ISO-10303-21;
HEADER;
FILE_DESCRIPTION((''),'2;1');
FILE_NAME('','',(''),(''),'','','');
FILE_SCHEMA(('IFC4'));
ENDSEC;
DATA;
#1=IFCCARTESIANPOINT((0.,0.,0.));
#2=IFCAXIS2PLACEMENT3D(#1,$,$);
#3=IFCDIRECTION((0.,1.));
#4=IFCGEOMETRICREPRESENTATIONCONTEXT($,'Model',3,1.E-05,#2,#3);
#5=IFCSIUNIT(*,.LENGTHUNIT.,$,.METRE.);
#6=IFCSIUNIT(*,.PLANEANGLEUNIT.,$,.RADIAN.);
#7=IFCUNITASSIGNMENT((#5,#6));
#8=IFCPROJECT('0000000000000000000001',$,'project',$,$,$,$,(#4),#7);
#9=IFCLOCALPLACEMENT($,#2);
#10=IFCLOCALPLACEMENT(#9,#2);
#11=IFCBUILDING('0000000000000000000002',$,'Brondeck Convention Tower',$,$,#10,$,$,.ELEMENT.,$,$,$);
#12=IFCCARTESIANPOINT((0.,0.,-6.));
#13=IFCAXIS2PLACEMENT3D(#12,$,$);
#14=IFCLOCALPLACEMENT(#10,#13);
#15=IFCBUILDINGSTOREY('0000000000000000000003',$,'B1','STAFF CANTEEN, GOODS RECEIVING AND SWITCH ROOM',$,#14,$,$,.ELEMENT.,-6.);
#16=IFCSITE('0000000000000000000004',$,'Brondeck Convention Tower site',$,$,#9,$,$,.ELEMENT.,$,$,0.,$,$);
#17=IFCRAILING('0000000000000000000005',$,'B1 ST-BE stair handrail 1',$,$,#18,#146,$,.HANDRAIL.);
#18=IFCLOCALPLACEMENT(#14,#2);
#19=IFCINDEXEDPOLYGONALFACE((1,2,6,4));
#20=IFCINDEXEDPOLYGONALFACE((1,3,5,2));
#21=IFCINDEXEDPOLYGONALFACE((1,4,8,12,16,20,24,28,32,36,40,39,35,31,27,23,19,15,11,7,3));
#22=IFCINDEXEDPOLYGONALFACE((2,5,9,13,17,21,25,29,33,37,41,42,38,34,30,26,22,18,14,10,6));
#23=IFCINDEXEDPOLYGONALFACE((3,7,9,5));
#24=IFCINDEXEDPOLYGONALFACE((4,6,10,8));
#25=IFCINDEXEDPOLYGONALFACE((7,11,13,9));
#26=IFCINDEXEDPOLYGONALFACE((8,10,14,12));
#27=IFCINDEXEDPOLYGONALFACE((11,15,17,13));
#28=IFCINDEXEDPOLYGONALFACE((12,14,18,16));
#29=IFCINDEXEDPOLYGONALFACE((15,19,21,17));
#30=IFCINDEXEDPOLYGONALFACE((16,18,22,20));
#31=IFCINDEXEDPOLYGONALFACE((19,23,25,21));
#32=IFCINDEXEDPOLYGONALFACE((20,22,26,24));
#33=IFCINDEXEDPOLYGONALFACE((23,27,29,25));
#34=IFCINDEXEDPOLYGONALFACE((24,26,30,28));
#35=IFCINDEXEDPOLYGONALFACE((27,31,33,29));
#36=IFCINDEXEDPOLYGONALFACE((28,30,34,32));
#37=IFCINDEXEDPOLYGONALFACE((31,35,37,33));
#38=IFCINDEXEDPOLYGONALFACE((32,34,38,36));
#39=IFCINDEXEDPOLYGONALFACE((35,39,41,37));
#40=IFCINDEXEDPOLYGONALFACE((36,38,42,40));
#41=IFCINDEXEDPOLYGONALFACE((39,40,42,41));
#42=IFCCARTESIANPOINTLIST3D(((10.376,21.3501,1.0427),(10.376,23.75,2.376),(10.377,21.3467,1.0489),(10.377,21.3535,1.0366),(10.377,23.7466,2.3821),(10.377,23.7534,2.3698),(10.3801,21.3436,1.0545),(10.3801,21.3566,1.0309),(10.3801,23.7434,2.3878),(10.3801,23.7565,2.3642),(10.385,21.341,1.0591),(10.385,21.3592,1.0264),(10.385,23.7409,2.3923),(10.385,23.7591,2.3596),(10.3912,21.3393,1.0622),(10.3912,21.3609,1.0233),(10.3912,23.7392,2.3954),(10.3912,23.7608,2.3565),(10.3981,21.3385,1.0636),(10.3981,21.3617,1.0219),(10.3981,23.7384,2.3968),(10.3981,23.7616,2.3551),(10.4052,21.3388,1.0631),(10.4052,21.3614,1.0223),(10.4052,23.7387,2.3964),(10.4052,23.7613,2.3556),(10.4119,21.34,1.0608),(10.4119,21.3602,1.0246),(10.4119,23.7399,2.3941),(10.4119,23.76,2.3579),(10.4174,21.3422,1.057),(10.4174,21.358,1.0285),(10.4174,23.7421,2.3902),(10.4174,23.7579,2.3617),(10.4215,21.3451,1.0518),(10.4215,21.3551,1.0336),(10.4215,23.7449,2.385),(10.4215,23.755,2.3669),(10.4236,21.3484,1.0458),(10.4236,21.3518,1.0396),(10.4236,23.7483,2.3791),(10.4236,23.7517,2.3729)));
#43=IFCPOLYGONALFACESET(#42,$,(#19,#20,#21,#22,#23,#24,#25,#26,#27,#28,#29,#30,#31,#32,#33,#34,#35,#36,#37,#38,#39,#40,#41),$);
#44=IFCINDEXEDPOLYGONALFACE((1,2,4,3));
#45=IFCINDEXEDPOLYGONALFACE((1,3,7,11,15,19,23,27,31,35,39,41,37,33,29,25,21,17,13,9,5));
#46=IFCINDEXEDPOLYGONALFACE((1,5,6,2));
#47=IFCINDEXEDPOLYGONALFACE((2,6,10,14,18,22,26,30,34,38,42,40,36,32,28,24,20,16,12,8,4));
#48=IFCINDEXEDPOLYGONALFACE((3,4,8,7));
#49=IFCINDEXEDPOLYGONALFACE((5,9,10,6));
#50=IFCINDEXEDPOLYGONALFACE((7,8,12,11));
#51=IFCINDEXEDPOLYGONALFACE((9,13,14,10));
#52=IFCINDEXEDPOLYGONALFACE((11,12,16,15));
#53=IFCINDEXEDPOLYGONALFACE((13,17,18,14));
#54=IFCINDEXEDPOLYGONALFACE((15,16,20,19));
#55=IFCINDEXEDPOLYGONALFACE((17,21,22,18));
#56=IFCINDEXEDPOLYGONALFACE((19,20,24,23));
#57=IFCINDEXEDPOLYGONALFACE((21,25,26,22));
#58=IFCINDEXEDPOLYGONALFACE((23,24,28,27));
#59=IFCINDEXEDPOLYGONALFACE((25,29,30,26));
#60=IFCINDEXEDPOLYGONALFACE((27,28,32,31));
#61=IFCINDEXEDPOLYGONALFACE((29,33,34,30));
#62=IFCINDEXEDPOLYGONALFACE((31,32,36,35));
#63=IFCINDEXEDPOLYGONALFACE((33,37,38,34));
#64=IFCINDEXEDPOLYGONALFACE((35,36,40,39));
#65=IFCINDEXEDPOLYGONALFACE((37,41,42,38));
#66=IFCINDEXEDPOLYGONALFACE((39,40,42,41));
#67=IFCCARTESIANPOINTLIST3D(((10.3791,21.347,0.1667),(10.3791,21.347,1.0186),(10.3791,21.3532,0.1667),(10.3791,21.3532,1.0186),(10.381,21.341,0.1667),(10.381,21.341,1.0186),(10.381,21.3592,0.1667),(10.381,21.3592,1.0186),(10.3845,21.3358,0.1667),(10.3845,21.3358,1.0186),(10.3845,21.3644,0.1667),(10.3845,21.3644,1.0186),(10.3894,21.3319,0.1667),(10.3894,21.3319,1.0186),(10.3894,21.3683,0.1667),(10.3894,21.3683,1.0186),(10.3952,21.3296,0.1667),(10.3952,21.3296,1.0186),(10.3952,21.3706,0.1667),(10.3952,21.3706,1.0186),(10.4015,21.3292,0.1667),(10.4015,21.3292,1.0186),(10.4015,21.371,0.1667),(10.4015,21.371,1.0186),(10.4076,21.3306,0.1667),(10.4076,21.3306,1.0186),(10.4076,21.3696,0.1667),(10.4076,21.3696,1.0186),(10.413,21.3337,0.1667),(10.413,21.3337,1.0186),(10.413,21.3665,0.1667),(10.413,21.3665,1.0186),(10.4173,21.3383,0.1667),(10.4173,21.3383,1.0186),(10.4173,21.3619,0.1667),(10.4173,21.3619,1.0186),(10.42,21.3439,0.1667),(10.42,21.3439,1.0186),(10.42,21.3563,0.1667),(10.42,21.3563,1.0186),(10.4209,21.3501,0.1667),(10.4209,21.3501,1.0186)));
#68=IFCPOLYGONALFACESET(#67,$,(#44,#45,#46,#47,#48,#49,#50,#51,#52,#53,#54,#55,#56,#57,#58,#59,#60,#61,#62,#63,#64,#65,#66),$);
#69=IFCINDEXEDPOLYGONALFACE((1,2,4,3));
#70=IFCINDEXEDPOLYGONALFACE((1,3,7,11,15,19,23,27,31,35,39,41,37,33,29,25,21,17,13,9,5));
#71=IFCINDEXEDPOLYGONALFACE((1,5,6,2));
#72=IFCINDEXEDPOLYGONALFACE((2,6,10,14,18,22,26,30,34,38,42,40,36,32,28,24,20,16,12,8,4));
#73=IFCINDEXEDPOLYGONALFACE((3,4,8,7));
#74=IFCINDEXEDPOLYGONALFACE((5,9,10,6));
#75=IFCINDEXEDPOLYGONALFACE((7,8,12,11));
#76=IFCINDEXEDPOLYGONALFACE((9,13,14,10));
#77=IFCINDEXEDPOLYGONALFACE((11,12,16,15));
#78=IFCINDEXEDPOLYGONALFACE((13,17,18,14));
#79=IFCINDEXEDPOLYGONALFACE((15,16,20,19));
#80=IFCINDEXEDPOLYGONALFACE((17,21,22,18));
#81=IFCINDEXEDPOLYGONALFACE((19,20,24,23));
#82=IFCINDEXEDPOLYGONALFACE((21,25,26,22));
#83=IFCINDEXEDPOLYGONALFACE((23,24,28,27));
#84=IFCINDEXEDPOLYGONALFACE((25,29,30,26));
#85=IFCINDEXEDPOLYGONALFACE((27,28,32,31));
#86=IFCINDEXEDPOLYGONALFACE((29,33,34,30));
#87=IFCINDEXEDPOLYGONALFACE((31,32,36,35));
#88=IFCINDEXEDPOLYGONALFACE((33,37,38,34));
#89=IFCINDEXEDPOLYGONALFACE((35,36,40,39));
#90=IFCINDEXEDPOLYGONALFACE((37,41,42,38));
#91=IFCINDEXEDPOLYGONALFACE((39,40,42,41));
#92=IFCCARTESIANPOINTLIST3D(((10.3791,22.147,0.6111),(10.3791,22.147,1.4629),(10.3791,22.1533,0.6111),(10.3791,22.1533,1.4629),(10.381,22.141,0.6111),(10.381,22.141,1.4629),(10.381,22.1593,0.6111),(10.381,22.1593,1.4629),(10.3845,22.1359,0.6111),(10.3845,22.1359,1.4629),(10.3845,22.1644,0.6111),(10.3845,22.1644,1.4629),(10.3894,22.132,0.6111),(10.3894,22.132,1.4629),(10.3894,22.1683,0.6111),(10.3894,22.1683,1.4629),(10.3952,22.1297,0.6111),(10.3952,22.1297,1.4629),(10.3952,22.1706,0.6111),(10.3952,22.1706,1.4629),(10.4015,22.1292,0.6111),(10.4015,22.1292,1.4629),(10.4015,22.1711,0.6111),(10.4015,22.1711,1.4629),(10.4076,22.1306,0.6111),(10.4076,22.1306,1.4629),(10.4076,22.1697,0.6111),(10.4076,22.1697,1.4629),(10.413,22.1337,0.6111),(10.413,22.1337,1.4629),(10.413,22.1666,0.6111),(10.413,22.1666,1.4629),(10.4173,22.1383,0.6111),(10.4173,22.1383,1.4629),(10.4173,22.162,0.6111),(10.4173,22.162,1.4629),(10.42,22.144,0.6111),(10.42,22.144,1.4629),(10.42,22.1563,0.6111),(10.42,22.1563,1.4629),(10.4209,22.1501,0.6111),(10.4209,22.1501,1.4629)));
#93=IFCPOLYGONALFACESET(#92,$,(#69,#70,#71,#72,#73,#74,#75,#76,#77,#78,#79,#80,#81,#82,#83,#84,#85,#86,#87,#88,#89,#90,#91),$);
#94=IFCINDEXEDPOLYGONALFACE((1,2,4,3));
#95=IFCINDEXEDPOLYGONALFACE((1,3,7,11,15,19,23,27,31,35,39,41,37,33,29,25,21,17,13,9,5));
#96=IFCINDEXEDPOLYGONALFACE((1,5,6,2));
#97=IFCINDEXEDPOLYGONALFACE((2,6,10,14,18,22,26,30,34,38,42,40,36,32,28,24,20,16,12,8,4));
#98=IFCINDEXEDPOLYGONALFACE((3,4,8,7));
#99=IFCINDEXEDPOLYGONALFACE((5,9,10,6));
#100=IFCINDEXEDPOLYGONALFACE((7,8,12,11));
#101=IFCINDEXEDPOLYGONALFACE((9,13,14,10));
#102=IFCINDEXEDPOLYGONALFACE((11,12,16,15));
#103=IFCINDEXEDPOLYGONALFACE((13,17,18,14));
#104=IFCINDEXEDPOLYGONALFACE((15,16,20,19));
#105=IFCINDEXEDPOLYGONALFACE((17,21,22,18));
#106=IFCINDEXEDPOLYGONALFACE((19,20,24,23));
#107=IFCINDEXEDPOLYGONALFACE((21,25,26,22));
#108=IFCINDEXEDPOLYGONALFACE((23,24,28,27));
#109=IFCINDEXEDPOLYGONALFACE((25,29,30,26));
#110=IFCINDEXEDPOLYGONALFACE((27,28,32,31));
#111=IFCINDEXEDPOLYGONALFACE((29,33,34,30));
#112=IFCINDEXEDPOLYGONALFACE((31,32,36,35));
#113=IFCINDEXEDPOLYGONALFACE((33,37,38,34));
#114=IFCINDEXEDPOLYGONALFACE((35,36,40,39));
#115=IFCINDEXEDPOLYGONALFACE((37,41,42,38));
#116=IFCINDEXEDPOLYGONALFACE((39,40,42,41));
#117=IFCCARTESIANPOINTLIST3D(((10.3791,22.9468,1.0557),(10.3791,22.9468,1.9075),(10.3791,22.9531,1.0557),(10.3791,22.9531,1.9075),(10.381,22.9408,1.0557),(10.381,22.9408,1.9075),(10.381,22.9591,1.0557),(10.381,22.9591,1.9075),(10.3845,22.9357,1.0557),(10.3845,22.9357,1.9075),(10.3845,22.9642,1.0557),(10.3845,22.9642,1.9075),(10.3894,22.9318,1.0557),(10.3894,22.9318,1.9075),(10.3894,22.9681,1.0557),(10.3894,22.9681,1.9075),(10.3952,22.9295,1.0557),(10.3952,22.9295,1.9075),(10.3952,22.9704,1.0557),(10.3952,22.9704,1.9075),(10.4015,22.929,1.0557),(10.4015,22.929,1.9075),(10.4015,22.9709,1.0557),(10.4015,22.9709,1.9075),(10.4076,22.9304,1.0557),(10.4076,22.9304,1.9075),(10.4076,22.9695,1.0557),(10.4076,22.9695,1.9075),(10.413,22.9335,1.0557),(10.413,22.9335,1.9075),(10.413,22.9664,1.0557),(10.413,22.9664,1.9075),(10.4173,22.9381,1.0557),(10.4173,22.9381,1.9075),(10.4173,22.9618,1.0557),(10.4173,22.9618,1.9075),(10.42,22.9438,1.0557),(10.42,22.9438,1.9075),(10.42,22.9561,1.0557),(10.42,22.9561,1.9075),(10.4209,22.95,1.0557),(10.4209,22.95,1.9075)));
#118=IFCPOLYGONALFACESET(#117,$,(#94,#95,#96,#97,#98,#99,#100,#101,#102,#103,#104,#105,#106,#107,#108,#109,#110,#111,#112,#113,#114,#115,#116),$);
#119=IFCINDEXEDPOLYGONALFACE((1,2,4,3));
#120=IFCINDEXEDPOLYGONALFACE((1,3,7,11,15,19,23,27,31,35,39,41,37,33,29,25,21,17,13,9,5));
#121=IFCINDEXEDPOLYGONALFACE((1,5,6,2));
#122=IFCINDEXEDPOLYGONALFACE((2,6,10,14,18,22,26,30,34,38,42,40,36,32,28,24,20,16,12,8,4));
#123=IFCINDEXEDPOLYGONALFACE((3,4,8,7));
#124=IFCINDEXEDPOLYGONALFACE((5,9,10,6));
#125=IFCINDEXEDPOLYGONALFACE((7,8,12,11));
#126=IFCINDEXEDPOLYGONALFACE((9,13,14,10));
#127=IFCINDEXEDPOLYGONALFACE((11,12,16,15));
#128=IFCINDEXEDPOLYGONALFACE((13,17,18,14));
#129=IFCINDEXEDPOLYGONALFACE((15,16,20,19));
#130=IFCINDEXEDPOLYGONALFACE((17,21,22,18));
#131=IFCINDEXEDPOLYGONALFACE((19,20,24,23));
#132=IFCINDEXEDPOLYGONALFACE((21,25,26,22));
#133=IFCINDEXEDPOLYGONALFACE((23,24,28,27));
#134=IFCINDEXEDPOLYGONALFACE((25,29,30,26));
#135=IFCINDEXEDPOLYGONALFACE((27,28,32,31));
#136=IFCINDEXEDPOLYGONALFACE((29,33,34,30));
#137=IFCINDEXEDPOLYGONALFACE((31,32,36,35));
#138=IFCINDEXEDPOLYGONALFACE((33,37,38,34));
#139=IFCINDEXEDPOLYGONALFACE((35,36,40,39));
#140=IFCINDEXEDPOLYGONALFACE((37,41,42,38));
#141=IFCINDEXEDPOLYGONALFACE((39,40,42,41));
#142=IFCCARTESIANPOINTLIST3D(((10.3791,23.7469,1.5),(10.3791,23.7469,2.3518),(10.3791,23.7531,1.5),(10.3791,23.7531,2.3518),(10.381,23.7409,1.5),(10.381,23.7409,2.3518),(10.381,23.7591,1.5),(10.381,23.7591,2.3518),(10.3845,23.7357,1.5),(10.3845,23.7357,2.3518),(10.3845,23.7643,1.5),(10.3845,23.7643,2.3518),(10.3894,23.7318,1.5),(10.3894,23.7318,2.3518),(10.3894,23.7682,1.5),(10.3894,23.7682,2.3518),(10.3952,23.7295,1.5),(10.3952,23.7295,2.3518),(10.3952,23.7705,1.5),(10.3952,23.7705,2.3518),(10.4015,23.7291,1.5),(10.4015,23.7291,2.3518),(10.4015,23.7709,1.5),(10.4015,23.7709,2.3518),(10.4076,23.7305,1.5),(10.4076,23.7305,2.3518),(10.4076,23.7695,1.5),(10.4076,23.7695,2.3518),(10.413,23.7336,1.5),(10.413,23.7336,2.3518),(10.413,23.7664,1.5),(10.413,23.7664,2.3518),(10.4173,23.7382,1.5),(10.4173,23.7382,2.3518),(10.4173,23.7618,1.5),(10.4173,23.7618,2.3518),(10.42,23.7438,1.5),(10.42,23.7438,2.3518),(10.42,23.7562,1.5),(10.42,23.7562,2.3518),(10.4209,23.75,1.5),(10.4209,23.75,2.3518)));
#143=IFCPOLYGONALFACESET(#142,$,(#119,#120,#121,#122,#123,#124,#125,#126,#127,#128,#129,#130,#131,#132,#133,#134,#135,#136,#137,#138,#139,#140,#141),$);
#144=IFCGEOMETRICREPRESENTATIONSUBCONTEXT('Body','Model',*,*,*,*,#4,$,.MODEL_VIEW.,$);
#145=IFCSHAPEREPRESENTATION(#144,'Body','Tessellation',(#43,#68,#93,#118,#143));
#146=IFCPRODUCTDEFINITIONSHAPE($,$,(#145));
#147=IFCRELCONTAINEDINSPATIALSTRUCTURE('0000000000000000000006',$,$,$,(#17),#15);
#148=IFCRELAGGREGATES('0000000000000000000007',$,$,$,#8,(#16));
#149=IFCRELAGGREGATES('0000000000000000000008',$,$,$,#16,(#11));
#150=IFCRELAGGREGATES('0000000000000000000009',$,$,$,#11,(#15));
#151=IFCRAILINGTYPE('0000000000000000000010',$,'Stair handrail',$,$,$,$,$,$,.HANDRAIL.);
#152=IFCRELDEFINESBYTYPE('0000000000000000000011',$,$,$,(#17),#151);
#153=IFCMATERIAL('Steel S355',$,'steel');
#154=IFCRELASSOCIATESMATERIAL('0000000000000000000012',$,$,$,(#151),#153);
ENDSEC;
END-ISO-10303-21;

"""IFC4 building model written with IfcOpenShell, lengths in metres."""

from ifc_helpers import new_model, si_unit, direction, frame, origin, origin_2d, place, context, subcontext, project, spatial, circle, extrude, material, type_object, element, save


model = new_model("IFC4")

# Units and contexts
model_context = context("Model", 3, precision=1e-05, world=origin(), true_north=direction((0.0, 1.0)))
body_context = subcontext(model_context, "Body", "Model", "MODEL_VIEW")
ifc_project = project(units=[si_unit("LENGTHUNIT", "METRE"), si_unit("PLANEANGLEUNIT", "RADIAN")], contexts=[model_context])

# Site, building, storey
site_placement = place(None, origin())
site = spatial("IfcSite", under=ifc_project, at=site_placement, Name="Brondeck Convention Tower site", CompositionType="ELEMENT", RefElevation=0.0)
building_placement = place(site_placement, origin())
building = spatial("IfcBuilding", under=site, at=building_placement, Name="Brondeck Convention Tower", CompositionType="ELEMENT")
storey_placement = place(building_placement, frame((0.0, 0.0, -6.0)))
storey = spatial("IfcBuildingStorey", under=building, at=storey_placement, Name="B1", Description="STAFF CANTEEN, GOODS RECEIVING AND SWITCH ROOM", CompositionType="ELEMENT", Elevation=-6.0)

# Shared definitions
ifc_material_1 = material(Name="Steel S355", Category="steel")

# Railing
railing_type_1 = type_object("IfcRailingType", Name="Stair handrail", PredefinedType="HANDRAIL", material=ifc_material_1)
railing_1_placement = place(storey_placement, frame((10.3999, 21.3501, 0.1667)))
element("IfcRailing", 1, at=railing_1_placement, inside=storey, type_object=railing_type_1, Name="B1 ST-BE stair handrail 1", PredefinedType="HANDRAIL", context=body_context, shape_type="SweptSolid", body=[
    extrude(circle(Radius=0.0239, at=origin_2d()), frame((0.0, 0.0, 0.876), z_axis=(0.0, 0.874161, 0.485635), x_axis=(-1.0, 0.0, 0.0)), (0.0, 0.0, 1.0), 2.7454),
    extrude(circle(Radius=0.021, at=origin_2d()), origin(), (0.0, 0.0, 1.0), 0.8518),
    extrude(circle(Radius=0.021, at=origin_2d()), frame((0.0, 0.8, 0.4443)), (0.0, 0.0, 1.0), 0.8518),
    extrude(circle(Radius=0.021, at=origin_2d()), frame((0.0, 1.5999, 0.8889)), (0.0, 0.0, 1.0), 0.8518),
    extrude(circle(Radius=0.021, at=origin_2d()), frame((0.0, 2.3999, 1.3333)), (0.0, 0.0, 1.0), 0.8518),
])

save(model, "model.ifc")
